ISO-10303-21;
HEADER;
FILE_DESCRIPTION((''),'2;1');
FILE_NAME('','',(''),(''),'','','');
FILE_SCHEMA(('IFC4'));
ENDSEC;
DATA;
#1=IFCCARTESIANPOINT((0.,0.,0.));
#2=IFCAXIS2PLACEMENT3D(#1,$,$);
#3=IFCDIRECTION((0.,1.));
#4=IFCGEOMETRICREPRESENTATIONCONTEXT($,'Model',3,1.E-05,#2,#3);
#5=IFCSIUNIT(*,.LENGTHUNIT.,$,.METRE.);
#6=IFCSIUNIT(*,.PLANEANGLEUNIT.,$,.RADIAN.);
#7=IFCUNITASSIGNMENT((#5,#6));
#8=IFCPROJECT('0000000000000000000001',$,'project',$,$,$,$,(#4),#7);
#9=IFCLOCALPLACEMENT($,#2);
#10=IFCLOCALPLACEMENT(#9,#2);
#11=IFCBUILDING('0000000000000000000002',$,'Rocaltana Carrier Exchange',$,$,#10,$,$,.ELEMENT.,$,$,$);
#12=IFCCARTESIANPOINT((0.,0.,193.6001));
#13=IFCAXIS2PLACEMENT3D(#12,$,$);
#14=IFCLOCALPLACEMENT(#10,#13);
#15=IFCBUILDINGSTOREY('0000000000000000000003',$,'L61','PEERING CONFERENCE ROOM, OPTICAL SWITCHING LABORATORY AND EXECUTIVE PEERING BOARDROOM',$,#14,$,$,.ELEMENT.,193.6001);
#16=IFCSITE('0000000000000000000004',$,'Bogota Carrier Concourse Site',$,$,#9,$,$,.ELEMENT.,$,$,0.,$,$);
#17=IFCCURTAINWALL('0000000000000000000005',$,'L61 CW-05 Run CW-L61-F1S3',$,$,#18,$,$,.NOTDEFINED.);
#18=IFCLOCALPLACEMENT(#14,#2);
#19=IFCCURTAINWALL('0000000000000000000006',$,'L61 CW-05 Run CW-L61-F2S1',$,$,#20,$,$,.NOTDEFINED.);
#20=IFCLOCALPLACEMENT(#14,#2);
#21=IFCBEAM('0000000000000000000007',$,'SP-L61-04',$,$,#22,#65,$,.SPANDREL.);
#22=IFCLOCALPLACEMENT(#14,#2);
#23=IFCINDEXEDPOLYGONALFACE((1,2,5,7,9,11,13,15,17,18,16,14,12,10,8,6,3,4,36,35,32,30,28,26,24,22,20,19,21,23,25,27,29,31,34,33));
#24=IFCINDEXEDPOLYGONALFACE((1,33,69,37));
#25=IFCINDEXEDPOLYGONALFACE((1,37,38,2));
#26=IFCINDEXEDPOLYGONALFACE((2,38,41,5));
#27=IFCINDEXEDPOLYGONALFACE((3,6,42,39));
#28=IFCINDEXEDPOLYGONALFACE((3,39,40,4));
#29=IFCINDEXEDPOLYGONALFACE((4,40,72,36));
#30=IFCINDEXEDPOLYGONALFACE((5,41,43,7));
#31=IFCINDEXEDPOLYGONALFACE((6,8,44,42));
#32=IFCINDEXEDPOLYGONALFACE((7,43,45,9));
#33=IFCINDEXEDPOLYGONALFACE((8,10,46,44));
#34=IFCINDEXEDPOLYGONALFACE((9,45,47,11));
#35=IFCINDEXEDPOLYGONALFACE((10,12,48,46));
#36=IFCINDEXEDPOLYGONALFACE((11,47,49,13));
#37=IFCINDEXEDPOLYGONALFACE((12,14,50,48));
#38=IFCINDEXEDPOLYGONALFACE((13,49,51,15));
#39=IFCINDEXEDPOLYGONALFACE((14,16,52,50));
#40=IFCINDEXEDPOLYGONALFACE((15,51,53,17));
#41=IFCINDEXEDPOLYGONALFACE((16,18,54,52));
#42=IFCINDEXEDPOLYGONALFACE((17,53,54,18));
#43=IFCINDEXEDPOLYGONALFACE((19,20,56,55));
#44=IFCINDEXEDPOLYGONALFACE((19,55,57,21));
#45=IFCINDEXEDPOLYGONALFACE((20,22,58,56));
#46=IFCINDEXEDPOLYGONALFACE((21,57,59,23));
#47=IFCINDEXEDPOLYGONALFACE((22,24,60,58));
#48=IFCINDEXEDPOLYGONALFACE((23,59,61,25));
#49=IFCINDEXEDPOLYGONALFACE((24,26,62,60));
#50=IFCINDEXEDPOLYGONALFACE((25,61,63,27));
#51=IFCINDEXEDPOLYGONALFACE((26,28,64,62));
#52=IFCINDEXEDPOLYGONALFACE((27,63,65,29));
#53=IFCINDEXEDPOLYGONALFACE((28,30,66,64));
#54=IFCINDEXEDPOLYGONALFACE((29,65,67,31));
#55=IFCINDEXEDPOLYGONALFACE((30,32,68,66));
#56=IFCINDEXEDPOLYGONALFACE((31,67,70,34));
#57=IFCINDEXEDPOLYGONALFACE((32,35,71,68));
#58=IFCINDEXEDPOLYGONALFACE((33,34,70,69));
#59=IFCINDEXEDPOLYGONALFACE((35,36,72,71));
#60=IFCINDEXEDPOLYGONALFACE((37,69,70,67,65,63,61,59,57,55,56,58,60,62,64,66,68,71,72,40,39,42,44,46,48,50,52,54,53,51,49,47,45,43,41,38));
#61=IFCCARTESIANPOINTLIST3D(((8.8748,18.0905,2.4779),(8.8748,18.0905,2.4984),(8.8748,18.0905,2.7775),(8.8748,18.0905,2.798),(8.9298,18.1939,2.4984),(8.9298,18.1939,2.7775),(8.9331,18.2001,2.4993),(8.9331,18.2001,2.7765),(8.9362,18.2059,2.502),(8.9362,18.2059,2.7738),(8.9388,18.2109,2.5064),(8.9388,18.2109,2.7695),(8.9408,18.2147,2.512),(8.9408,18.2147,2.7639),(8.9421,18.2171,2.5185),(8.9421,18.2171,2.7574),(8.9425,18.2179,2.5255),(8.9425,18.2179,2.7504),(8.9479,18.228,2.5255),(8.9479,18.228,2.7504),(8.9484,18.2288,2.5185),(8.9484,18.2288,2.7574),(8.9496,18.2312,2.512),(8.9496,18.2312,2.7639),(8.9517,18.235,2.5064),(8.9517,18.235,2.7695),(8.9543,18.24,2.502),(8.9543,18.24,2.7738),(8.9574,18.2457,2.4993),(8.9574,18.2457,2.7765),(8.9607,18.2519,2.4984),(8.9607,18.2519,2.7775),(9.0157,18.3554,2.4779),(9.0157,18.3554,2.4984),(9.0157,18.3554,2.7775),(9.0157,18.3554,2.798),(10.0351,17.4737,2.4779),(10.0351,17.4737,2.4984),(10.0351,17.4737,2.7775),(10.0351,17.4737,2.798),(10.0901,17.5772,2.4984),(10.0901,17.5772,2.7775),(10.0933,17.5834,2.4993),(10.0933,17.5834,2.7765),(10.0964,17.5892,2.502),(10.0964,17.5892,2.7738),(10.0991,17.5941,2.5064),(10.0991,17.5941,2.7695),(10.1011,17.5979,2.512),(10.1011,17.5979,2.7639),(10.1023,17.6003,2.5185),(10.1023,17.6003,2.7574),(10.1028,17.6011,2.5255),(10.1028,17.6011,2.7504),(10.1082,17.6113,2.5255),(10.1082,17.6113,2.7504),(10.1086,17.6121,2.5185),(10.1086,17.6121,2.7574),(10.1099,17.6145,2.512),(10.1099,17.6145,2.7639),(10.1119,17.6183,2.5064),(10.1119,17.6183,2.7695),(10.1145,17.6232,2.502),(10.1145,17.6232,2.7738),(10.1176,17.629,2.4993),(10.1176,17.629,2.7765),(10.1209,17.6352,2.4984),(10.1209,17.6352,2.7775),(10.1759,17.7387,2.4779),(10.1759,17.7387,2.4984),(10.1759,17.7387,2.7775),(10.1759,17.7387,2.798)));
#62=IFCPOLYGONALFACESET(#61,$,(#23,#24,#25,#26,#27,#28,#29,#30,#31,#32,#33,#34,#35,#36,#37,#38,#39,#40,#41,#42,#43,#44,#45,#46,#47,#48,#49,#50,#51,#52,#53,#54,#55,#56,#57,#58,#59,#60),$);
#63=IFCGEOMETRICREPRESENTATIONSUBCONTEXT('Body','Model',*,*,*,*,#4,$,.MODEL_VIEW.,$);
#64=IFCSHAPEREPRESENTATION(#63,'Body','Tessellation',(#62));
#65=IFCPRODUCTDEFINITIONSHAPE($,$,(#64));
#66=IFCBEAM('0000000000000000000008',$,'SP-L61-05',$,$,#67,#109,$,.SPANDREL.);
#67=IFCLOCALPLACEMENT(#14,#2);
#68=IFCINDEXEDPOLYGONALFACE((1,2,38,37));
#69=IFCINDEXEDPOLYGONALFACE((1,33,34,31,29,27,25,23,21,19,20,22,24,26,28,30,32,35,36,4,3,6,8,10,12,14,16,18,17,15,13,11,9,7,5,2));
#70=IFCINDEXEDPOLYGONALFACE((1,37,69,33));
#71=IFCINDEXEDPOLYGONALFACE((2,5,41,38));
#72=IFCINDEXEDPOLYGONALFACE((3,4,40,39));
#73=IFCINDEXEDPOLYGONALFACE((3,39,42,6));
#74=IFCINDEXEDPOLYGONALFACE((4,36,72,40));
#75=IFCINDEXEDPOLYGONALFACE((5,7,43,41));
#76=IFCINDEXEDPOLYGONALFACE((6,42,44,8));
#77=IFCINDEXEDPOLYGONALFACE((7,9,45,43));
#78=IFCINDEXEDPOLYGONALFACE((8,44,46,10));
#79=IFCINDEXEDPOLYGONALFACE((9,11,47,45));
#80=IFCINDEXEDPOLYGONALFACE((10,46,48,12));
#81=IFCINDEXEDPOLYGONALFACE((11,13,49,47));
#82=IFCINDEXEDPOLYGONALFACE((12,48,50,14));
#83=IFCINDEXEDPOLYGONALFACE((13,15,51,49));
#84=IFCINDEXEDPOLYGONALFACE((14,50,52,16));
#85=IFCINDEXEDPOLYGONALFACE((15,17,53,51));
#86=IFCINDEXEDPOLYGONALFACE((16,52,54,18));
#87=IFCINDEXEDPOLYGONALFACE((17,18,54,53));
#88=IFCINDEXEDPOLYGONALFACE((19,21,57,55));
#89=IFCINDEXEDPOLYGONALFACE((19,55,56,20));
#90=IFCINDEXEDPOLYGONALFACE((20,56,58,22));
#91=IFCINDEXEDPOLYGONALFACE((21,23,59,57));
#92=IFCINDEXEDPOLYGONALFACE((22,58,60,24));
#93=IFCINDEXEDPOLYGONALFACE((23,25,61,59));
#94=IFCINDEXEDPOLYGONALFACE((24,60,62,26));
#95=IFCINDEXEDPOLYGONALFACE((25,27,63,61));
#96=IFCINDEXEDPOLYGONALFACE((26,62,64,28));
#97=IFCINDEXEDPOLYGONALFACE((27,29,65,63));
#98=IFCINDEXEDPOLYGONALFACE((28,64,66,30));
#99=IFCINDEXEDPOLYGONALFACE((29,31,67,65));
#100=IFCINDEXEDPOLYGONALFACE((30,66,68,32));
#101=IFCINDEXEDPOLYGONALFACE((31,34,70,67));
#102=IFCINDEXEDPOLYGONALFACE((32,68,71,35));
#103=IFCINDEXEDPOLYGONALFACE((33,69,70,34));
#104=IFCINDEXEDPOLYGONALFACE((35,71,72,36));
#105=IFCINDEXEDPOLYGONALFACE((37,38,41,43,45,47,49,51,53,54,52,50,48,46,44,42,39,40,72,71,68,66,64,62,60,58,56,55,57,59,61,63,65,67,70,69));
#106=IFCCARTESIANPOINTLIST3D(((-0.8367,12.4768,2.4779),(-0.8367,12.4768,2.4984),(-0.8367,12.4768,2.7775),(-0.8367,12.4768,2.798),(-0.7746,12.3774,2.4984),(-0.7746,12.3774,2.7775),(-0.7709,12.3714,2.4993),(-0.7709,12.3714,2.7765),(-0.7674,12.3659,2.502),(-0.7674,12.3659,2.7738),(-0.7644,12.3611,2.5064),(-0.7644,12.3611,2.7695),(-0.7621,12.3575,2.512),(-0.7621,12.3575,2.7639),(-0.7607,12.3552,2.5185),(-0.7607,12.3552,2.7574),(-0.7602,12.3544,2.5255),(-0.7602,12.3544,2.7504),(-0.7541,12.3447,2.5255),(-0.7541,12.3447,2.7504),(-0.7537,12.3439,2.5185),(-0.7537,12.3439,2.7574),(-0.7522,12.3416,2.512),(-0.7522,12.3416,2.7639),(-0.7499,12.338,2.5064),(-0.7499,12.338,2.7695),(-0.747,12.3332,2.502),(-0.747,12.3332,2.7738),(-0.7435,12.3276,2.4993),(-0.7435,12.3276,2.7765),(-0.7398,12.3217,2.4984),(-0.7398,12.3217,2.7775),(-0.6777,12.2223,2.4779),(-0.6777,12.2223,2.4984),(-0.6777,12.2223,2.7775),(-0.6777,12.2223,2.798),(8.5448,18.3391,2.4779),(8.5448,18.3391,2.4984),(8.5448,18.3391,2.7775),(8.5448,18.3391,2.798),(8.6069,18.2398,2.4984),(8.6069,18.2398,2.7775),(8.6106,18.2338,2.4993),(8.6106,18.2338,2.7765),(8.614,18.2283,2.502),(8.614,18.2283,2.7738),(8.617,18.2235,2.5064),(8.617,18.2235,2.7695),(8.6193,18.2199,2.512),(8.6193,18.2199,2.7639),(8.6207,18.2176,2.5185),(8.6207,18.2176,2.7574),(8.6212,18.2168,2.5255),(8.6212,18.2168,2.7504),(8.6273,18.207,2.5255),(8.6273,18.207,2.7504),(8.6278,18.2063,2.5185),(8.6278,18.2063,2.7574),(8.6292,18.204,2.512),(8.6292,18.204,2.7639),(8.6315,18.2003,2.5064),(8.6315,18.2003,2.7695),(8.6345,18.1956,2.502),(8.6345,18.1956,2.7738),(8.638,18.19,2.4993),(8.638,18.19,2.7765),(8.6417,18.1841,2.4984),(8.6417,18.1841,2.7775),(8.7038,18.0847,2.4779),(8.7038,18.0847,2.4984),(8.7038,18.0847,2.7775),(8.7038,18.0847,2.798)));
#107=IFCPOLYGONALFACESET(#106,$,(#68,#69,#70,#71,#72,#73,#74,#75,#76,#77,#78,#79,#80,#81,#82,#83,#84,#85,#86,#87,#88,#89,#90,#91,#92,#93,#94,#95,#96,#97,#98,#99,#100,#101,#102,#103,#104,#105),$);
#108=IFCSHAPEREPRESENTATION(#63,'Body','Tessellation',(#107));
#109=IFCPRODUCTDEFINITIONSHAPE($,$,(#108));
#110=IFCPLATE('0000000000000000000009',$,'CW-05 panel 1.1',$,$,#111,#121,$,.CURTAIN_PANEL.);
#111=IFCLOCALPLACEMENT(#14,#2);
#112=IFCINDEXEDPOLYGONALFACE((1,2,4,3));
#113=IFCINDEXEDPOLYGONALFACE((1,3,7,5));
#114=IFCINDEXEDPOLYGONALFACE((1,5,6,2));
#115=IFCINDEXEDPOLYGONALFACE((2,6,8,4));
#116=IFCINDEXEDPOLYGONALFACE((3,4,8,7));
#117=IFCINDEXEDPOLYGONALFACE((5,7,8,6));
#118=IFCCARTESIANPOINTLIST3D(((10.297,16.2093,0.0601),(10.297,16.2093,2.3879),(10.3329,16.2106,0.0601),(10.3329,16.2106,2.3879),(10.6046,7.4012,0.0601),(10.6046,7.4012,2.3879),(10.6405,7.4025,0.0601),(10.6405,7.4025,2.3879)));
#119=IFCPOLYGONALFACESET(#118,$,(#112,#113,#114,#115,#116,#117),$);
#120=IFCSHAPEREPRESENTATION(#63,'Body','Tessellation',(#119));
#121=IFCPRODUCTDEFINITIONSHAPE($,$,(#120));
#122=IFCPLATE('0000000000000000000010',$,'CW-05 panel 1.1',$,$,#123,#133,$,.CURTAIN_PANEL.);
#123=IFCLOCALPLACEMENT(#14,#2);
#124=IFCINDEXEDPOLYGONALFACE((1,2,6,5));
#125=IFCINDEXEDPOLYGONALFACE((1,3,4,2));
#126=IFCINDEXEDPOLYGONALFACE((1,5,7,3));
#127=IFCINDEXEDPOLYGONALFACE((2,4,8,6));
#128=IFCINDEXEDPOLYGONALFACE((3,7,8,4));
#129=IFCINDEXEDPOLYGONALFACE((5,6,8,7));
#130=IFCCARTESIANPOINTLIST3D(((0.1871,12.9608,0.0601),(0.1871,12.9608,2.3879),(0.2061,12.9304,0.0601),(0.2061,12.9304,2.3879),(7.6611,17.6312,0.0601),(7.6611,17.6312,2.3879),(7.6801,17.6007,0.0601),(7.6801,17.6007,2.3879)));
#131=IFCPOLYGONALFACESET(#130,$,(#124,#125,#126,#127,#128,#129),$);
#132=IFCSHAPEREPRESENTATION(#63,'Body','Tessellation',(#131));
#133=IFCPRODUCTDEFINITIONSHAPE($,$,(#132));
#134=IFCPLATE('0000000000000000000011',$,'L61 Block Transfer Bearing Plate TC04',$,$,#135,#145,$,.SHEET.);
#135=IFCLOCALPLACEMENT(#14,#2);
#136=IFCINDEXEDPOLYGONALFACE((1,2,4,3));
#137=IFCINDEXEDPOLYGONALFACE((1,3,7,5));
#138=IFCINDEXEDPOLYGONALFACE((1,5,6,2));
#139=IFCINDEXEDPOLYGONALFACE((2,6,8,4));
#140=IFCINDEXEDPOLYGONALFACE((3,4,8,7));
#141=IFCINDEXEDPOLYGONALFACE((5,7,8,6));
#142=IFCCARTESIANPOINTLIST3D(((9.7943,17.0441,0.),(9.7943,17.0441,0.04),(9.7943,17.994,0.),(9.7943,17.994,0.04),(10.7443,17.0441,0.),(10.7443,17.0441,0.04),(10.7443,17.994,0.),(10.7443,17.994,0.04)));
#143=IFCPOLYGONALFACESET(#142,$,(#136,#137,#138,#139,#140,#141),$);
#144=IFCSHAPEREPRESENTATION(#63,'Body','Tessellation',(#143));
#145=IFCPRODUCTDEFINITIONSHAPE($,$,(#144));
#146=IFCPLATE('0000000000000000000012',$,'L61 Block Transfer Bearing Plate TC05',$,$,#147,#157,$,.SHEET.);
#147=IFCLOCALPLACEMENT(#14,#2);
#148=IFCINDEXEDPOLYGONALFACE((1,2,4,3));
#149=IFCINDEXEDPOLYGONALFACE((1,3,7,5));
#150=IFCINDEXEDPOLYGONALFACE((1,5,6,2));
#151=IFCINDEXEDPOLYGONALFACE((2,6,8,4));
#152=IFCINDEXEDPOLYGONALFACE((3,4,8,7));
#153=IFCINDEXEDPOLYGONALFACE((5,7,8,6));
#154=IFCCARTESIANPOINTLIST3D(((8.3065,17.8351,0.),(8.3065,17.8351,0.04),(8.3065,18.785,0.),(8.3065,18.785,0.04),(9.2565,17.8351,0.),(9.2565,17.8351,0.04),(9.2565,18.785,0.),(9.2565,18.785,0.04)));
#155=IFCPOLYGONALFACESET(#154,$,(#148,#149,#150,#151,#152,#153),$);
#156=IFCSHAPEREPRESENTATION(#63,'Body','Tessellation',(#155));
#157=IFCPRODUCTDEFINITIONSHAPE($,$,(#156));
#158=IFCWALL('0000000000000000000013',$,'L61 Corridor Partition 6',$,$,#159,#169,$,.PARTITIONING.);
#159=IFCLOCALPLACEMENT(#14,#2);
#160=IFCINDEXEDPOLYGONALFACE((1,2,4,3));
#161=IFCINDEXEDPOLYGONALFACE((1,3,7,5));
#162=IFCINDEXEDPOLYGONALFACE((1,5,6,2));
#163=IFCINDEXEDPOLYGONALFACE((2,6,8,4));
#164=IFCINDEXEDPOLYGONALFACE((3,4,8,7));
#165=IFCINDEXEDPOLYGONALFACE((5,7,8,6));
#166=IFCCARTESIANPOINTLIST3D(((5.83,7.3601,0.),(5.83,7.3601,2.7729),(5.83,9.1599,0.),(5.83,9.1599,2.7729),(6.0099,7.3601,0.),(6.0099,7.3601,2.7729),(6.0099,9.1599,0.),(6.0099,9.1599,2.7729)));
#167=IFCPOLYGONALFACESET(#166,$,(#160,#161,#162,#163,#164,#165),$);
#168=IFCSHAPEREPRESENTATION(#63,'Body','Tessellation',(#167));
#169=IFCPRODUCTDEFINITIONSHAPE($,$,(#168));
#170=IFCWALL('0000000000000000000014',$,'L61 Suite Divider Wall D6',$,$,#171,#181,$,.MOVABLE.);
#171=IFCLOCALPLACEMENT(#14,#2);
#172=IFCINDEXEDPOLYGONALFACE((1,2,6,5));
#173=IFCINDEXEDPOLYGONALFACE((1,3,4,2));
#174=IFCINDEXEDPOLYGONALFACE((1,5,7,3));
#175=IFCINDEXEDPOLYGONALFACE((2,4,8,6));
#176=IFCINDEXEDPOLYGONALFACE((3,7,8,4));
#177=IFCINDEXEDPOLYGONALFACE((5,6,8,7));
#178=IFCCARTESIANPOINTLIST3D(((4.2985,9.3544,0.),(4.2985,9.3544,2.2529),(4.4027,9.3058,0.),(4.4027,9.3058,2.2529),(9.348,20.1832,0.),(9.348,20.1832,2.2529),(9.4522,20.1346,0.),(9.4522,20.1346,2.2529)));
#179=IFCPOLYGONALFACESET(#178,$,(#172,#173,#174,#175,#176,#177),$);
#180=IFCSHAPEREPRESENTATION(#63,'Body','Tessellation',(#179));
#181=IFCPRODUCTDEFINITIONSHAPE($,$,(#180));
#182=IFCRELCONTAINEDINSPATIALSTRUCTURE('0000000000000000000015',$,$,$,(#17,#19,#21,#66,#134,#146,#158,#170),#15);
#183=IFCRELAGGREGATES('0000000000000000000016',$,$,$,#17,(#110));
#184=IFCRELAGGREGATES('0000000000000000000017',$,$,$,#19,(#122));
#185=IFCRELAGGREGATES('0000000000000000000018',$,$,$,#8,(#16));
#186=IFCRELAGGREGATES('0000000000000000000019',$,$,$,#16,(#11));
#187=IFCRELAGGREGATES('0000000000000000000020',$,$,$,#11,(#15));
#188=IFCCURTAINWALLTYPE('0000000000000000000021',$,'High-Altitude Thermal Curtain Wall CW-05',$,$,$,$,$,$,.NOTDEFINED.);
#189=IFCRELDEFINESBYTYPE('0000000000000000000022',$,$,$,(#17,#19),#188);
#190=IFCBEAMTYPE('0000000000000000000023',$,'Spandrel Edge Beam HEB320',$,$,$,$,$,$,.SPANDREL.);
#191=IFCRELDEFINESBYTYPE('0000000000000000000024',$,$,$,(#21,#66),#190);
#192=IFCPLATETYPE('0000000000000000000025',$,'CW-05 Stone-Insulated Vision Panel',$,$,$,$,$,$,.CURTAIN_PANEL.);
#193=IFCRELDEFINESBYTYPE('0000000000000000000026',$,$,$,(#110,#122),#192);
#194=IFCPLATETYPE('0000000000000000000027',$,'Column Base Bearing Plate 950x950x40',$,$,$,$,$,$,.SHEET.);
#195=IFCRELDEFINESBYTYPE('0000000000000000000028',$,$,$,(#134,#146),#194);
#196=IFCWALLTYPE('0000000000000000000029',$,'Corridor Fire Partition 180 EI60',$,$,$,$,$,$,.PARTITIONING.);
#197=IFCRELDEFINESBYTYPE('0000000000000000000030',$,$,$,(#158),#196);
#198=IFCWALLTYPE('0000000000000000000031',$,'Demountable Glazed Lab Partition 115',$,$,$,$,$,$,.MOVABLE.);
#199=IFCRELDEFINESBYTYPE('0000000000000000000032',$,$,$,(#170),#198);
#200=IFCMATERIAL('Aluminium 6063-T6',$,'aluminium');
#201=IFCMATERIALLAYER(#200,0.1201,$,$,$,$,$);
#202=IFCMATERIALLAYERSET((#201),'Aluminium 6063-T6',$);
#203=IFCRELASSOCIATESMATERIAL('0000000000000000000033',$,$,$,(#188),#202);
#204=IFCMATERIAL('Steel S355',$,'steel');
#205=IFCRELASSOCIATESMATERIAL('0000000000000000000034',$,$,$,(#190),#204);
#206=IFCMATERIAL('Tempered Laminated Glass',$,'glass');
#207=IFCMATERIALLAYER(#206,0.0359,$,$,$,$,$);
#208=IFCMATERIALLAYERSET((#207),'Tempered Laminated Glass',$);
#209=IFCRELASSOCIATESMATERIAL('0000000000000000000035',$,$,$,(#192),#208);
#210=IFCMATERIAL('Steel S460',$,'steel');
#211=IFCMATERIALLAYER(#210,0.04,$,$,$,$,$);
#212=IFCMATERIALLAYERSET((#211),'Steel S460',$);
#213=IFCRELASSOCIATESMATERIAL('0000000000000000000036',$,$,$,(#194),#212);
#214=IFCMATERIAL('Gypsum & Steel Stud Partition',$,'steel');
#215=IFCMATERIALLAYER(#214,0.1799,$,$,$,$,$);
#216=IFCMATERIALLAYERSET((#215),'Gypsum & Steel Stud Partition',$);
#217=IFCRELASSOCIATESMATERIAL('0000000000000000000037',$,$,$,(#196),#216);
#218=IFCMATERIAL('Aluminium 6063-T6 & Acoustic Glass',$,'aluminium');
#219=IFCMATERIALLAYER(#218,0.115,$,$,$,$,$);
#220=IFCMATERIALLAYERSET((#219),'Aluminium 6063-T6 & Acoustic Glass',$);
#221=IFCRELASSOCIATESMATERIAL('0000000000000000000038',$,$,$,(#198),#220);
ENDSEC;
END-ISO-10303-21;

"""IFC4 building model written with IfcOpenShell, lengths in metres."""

from ifc_helpers import new_model, si_unit, direction, frame, frame_2d, origin, origin_2d, place, context, subcontext, project, spatial, rectangle, i_section, extrude, material, layer, layer_set, material_profile, profile_set, type_object, element, aggregate, save


model = new_model("IFC4")

# Units and contexts
model_context = context("Model", 3, precision=1e-05, world=origin(), true_north=direction((0.0, 1.0)))
body_context = subcontext(model_context, "Body", "Model", "MODEL_VIEW")
ifc_project = project(units=[si_unit("LENGTHUNIT", "METRE"), si_unit("PLANEANGLEUNIT", "RADIAN")], contexts=[model_context])

# Site, building, storey
site_placement = place(None, origin())
site = spatial("IfcSite", under=ifc_project, at=site_placement, Name="Bogota Carrier Concourse Site", CompositionType="ELEMENT", RefElevation=0.0)
building_placement = place(site_placement, origin())
building = spatial("IfcBuilding", under=site, at=building_placement, Name="Rocaltana Carrier Exchange", CompositionType="ELEMENT")
storey_placement = place(building_placement, frame((0.0, 0.0, 193.6001)))
storey = spatial("IfcBuildingStorey", under=building, at=storey_placement, Name="L61", Description="PEERING CONFERENCE ROOM, OPTICAL SWITCHING LABORATORY AND EXECUTIVE PEERING BOARDROOM", CompositionType="ELEMENT", Elevation=193.6001)

# Curtain walls
ifc_material_1 = material(Name="Aluminium 6063-T6", Category="aluminium")
ifc_layer_1 = layer(ifc_material_1, 0.1201)
ifc_layer_set_1 = layer_set([ifc_layer_1], Name="Aluminium 6063-T6")
curtain_wall_type = type_object("IfcCurtainWallType", Name="High-Altitude Thermal Curtain Wall CW-05", PredefinedType="NOTDEFINED", material=ifc_layer_set_1)
curtain_wall_1_placement = place(storey_placement, origin())
curtain_wall_1 = element("IfcCurtainWall", 1, at=curtain_wall_1_placement, inside=storey, type_object=curtain_wall_type, Name="L61 CW-05 Run CW-L61-F1S3", PredefinedType="NOTDEFINED")
curtain_wall_2_placement = place(storey_placement, origin())
curtain_wall_2 = element("IfcCurtainWall", 2, at=curtain_wall_2_placement, inside=storey, type_object=curtain_wall_type, Name="L61 CW-05 Run CW-L61-F2S1", PredefinedType="NOTDEFINED")

# Beams
ifc_material_2 = material(Name="Steel S355", Category="steel")
ifc_material_profile_1 = material_profile(ifc_material_2, i_section(OverallWidth=0.3, OverallDepth=0.3201, WebThickness=0.0115, FlangeThickness=0.0205, FilletRadius=0.0271, at=origin_2d()), Name="HEB320")
ifc_profile_set_1 = profile_set([ifc_material_profile_1], Name="Steel S355")
beam_type_1 = type_object("IfcBeamType", Name="Spandrel Edge Beam HEB320", PredefinedType="SPANDREL", material=ifc_profile_set_1)
beam_1_placement = place(storey_placement, frame((10.1055, 17.6062, 2.6379), z_axis=(-0.883, 0.469373, 0.0), x_axis=(-0.469373, -0.883, 0.0)))
element("IfcBeam", 3, at=beam_1_placement, inside=storey, type_object=beam_type_1, Name="SP-L61-04", PredefinedType="SPANDREL", context=body_context, shape_type="SweptSolid", body=[
    extrude(i_section(OverallWidth=0.3, OverallDepth=0.3201, WebThickness=0.0115, FlangeThickness=0.0205, FilletRadius=0.0271, at=origin_2d()), origin(), (0.0, 0.0, 1.0), 1.314),
])
beam_2_placement = place(storey_placement, frame((8.6243, 18.2119, 2.6379), z_axis=(-0.84804, -0.529931, 0.0), x_axis=(0.529931, -0.84804, 0.0)))
element("IfcBeam", 4, at=beam_2_placement, inside=storey, type_object=beam_type_1, Name="SP-L61-05", PredefinedType="SPANDREL", context=body_context, shape_type="SweptSolid", body=[
    extrude(i_section(OverallWidth=0.3, OverallDepth=0.3201, WebThickness=0.0115, FlangeThickness=0.0205, FilletRadius=0.0271, at=origin_2d()), origin(), (0.0, 0.0, 1.0), 11.0625),
])

# Plates
ifc_material_3 = material(Name="Tempered Laminated Glass", Category="glass")
ifc_layer_2 = layer(ifc_material_3, 0.0359)
ifc_layer_set_2 = layer_set([ifc_layer_2], Name="Tempered Laminated Glass")
plate_type_1 = type_object("IfcPlateType", Name="CW-05 Stone-Insulated Vision Panel", PredefinedType="CURTAIN_PANEL", material=ifc_layer_set_2)
plate_1_placement = place(storey_placement, frame((10.4688, 11.8059, 0.0601), z_axis=(0.0, 0.0, 1.0), x_axis=(-0.034903, 0.999391, 0.0)))
plate_1 = element("IfcPlate", 5, at=plate_1_placement, type_object=plate_type_1, Name="CW-05 panel 1.1", PredefinedType="CURTAIN_PANEL", context=body_context, shape_type="SweptSolid", body=[
    extrude(rectangle(XDim=8.8135, YDim=0.0359, at=origin_2d()), origin(), (0.0, 0.0, 1.0), 2.3279),
])
aggregate(curtain_wall_1, [plate_1])
plate_2_placement = place(storey_placement, frame((3.9336, 15.2808, 0.0601), z_axis=(0.0, 0.0, 1.0), x_axis=(-0.848042, -0.529929, 0.0)))
plate_2 = element("IfcPlate", 6, at=plate_2_placement, type_object=plate_type_1, Name="CW-05 panel 1.1", PredefinedType="CURTAIN_PANEL", context=body_context, shape_type="SweptSolid", body=[
    extrude(rectangle(XDim=8.8132, YDim=0.0359, at=origin_2d()), origin(), (0.0, 0.0, 1.0), 2.3279),
])
aggregate(curtain_wall_2, [plate_2])

# Plates
ifc_material_4 = material(Name="Steel S460", Category="steel")
ifc_layer_3 = layer(ifc_material_4, 0.04)
ifc_layer_set_3 = layer_set([ifc_layer_3], Name="Steel S460")
plate_type_2 = type_object("IfcPlateType", Name="Column Base Bearing Plate 950x950x40", PredefinedType="SHEET", material=ifc_layer_set_3)
for number, where, z_axis, x_axis, name in (
    (7, (10.2693, 17.519, 0.0), (0.0, 0.0, 1.0), (1.0, 0.0, 0.0), "L61 Block Transfer Bearing Plate TC04"),
    (8, (8.7815, 18.3101, 0.0), (0.0, 0.0, 1.0), (1.0, 0.0, 0.0), "L61 Block Transfer Bearing Plate TC05"),
):
    element("IfcPlate", number, at=place(storey_placement, frame(where, z_axis=z_axis, x_axis=x_axis)), inside=storey, type_object=plate_type_2, Name=name, PredefinedType="SHEET", context=body_context, shape_type="SweptSolid", body=[
        extrude(rectangle(XDim=0.95, YDim=0.95, at=origin_2d()), origin(), (0.0, 0.0, 1.0), 0.04),
    ])

# Walls
ifc_material_5 = material(Name="Gypsum & Steel Stud Partition", Category="steel")
ifc_layer_4 = layer(ifc_material_5, 0.1799)
ifc_layer_set_4 = layer_set([ifc_layer_4], Name="Gypsum & Steel Stud Partition")
wall_type_1 = type_object("IfcWallType", Name="Corridor Fire Partition 180 EI60", PredefinedType="PARTITIONING", material=ifc_layer_set_4)
wall_1_placement = place(storey_placement, frame((5.9199, 9.1599, 0.0), z_axis=(0.0, 0.0, 1.0), x_axis=(0.0, -1.0, 0.0)))
element("IfcWall", 9, at=wall_1_placement, inside=storey, type_object=wall_type_1, Name="L61 Corridor Partition 6", PredefinedType="PARTITIONING", context=body_context, shape_type="SweptSolid", body=[
    extrude(rectangle(XDim=1.7998, YDim=0.1799, at=frame_2d((0.8999, 0.0))), origin(), (0.0, 0.0, 1.0), 2.7729),
])
ifc_material_6 = material(Name="Aluminium 6063-T6 & Acoustic Glass", Category="aluminium")
ifc_layer_5 = layer(ifc_material_6, 0.115)
ifc_layer_set_5 = layer_set([ifc_layer_5], Name="Aluminium 6063-T6 & Acoustic Glass")
wall_type_2 = type_object("IfcWallType", Name="Demountable Glazed Lab Partition 115", PredefinedType="MOVABLE", material=ifc_layer_set_5)
wall_2_placement = place(storey_placement, frame((4.3506, 9.3301, 0.0), z_axis=(0.0, 0.0, 1.0), x_axis=(0.422617, 0.906308, 0.0)))
element("IfcWall", 10, at=wall_2_placement, inside=storey, type_object=wall_type_2, Name="L61 Suite Divider Wall D6", PredefinedType="MOVABLE", context=body_context, shape_type="SweptSolid", body=[
    extrude(rectangle(XDim=11.9482, YDim=0.115, at=frame_2d((5.9741, 0.0))), origin(), (0.0, 0.0, 1.0), 2.2529),
])

save(model, "model.ifc")
